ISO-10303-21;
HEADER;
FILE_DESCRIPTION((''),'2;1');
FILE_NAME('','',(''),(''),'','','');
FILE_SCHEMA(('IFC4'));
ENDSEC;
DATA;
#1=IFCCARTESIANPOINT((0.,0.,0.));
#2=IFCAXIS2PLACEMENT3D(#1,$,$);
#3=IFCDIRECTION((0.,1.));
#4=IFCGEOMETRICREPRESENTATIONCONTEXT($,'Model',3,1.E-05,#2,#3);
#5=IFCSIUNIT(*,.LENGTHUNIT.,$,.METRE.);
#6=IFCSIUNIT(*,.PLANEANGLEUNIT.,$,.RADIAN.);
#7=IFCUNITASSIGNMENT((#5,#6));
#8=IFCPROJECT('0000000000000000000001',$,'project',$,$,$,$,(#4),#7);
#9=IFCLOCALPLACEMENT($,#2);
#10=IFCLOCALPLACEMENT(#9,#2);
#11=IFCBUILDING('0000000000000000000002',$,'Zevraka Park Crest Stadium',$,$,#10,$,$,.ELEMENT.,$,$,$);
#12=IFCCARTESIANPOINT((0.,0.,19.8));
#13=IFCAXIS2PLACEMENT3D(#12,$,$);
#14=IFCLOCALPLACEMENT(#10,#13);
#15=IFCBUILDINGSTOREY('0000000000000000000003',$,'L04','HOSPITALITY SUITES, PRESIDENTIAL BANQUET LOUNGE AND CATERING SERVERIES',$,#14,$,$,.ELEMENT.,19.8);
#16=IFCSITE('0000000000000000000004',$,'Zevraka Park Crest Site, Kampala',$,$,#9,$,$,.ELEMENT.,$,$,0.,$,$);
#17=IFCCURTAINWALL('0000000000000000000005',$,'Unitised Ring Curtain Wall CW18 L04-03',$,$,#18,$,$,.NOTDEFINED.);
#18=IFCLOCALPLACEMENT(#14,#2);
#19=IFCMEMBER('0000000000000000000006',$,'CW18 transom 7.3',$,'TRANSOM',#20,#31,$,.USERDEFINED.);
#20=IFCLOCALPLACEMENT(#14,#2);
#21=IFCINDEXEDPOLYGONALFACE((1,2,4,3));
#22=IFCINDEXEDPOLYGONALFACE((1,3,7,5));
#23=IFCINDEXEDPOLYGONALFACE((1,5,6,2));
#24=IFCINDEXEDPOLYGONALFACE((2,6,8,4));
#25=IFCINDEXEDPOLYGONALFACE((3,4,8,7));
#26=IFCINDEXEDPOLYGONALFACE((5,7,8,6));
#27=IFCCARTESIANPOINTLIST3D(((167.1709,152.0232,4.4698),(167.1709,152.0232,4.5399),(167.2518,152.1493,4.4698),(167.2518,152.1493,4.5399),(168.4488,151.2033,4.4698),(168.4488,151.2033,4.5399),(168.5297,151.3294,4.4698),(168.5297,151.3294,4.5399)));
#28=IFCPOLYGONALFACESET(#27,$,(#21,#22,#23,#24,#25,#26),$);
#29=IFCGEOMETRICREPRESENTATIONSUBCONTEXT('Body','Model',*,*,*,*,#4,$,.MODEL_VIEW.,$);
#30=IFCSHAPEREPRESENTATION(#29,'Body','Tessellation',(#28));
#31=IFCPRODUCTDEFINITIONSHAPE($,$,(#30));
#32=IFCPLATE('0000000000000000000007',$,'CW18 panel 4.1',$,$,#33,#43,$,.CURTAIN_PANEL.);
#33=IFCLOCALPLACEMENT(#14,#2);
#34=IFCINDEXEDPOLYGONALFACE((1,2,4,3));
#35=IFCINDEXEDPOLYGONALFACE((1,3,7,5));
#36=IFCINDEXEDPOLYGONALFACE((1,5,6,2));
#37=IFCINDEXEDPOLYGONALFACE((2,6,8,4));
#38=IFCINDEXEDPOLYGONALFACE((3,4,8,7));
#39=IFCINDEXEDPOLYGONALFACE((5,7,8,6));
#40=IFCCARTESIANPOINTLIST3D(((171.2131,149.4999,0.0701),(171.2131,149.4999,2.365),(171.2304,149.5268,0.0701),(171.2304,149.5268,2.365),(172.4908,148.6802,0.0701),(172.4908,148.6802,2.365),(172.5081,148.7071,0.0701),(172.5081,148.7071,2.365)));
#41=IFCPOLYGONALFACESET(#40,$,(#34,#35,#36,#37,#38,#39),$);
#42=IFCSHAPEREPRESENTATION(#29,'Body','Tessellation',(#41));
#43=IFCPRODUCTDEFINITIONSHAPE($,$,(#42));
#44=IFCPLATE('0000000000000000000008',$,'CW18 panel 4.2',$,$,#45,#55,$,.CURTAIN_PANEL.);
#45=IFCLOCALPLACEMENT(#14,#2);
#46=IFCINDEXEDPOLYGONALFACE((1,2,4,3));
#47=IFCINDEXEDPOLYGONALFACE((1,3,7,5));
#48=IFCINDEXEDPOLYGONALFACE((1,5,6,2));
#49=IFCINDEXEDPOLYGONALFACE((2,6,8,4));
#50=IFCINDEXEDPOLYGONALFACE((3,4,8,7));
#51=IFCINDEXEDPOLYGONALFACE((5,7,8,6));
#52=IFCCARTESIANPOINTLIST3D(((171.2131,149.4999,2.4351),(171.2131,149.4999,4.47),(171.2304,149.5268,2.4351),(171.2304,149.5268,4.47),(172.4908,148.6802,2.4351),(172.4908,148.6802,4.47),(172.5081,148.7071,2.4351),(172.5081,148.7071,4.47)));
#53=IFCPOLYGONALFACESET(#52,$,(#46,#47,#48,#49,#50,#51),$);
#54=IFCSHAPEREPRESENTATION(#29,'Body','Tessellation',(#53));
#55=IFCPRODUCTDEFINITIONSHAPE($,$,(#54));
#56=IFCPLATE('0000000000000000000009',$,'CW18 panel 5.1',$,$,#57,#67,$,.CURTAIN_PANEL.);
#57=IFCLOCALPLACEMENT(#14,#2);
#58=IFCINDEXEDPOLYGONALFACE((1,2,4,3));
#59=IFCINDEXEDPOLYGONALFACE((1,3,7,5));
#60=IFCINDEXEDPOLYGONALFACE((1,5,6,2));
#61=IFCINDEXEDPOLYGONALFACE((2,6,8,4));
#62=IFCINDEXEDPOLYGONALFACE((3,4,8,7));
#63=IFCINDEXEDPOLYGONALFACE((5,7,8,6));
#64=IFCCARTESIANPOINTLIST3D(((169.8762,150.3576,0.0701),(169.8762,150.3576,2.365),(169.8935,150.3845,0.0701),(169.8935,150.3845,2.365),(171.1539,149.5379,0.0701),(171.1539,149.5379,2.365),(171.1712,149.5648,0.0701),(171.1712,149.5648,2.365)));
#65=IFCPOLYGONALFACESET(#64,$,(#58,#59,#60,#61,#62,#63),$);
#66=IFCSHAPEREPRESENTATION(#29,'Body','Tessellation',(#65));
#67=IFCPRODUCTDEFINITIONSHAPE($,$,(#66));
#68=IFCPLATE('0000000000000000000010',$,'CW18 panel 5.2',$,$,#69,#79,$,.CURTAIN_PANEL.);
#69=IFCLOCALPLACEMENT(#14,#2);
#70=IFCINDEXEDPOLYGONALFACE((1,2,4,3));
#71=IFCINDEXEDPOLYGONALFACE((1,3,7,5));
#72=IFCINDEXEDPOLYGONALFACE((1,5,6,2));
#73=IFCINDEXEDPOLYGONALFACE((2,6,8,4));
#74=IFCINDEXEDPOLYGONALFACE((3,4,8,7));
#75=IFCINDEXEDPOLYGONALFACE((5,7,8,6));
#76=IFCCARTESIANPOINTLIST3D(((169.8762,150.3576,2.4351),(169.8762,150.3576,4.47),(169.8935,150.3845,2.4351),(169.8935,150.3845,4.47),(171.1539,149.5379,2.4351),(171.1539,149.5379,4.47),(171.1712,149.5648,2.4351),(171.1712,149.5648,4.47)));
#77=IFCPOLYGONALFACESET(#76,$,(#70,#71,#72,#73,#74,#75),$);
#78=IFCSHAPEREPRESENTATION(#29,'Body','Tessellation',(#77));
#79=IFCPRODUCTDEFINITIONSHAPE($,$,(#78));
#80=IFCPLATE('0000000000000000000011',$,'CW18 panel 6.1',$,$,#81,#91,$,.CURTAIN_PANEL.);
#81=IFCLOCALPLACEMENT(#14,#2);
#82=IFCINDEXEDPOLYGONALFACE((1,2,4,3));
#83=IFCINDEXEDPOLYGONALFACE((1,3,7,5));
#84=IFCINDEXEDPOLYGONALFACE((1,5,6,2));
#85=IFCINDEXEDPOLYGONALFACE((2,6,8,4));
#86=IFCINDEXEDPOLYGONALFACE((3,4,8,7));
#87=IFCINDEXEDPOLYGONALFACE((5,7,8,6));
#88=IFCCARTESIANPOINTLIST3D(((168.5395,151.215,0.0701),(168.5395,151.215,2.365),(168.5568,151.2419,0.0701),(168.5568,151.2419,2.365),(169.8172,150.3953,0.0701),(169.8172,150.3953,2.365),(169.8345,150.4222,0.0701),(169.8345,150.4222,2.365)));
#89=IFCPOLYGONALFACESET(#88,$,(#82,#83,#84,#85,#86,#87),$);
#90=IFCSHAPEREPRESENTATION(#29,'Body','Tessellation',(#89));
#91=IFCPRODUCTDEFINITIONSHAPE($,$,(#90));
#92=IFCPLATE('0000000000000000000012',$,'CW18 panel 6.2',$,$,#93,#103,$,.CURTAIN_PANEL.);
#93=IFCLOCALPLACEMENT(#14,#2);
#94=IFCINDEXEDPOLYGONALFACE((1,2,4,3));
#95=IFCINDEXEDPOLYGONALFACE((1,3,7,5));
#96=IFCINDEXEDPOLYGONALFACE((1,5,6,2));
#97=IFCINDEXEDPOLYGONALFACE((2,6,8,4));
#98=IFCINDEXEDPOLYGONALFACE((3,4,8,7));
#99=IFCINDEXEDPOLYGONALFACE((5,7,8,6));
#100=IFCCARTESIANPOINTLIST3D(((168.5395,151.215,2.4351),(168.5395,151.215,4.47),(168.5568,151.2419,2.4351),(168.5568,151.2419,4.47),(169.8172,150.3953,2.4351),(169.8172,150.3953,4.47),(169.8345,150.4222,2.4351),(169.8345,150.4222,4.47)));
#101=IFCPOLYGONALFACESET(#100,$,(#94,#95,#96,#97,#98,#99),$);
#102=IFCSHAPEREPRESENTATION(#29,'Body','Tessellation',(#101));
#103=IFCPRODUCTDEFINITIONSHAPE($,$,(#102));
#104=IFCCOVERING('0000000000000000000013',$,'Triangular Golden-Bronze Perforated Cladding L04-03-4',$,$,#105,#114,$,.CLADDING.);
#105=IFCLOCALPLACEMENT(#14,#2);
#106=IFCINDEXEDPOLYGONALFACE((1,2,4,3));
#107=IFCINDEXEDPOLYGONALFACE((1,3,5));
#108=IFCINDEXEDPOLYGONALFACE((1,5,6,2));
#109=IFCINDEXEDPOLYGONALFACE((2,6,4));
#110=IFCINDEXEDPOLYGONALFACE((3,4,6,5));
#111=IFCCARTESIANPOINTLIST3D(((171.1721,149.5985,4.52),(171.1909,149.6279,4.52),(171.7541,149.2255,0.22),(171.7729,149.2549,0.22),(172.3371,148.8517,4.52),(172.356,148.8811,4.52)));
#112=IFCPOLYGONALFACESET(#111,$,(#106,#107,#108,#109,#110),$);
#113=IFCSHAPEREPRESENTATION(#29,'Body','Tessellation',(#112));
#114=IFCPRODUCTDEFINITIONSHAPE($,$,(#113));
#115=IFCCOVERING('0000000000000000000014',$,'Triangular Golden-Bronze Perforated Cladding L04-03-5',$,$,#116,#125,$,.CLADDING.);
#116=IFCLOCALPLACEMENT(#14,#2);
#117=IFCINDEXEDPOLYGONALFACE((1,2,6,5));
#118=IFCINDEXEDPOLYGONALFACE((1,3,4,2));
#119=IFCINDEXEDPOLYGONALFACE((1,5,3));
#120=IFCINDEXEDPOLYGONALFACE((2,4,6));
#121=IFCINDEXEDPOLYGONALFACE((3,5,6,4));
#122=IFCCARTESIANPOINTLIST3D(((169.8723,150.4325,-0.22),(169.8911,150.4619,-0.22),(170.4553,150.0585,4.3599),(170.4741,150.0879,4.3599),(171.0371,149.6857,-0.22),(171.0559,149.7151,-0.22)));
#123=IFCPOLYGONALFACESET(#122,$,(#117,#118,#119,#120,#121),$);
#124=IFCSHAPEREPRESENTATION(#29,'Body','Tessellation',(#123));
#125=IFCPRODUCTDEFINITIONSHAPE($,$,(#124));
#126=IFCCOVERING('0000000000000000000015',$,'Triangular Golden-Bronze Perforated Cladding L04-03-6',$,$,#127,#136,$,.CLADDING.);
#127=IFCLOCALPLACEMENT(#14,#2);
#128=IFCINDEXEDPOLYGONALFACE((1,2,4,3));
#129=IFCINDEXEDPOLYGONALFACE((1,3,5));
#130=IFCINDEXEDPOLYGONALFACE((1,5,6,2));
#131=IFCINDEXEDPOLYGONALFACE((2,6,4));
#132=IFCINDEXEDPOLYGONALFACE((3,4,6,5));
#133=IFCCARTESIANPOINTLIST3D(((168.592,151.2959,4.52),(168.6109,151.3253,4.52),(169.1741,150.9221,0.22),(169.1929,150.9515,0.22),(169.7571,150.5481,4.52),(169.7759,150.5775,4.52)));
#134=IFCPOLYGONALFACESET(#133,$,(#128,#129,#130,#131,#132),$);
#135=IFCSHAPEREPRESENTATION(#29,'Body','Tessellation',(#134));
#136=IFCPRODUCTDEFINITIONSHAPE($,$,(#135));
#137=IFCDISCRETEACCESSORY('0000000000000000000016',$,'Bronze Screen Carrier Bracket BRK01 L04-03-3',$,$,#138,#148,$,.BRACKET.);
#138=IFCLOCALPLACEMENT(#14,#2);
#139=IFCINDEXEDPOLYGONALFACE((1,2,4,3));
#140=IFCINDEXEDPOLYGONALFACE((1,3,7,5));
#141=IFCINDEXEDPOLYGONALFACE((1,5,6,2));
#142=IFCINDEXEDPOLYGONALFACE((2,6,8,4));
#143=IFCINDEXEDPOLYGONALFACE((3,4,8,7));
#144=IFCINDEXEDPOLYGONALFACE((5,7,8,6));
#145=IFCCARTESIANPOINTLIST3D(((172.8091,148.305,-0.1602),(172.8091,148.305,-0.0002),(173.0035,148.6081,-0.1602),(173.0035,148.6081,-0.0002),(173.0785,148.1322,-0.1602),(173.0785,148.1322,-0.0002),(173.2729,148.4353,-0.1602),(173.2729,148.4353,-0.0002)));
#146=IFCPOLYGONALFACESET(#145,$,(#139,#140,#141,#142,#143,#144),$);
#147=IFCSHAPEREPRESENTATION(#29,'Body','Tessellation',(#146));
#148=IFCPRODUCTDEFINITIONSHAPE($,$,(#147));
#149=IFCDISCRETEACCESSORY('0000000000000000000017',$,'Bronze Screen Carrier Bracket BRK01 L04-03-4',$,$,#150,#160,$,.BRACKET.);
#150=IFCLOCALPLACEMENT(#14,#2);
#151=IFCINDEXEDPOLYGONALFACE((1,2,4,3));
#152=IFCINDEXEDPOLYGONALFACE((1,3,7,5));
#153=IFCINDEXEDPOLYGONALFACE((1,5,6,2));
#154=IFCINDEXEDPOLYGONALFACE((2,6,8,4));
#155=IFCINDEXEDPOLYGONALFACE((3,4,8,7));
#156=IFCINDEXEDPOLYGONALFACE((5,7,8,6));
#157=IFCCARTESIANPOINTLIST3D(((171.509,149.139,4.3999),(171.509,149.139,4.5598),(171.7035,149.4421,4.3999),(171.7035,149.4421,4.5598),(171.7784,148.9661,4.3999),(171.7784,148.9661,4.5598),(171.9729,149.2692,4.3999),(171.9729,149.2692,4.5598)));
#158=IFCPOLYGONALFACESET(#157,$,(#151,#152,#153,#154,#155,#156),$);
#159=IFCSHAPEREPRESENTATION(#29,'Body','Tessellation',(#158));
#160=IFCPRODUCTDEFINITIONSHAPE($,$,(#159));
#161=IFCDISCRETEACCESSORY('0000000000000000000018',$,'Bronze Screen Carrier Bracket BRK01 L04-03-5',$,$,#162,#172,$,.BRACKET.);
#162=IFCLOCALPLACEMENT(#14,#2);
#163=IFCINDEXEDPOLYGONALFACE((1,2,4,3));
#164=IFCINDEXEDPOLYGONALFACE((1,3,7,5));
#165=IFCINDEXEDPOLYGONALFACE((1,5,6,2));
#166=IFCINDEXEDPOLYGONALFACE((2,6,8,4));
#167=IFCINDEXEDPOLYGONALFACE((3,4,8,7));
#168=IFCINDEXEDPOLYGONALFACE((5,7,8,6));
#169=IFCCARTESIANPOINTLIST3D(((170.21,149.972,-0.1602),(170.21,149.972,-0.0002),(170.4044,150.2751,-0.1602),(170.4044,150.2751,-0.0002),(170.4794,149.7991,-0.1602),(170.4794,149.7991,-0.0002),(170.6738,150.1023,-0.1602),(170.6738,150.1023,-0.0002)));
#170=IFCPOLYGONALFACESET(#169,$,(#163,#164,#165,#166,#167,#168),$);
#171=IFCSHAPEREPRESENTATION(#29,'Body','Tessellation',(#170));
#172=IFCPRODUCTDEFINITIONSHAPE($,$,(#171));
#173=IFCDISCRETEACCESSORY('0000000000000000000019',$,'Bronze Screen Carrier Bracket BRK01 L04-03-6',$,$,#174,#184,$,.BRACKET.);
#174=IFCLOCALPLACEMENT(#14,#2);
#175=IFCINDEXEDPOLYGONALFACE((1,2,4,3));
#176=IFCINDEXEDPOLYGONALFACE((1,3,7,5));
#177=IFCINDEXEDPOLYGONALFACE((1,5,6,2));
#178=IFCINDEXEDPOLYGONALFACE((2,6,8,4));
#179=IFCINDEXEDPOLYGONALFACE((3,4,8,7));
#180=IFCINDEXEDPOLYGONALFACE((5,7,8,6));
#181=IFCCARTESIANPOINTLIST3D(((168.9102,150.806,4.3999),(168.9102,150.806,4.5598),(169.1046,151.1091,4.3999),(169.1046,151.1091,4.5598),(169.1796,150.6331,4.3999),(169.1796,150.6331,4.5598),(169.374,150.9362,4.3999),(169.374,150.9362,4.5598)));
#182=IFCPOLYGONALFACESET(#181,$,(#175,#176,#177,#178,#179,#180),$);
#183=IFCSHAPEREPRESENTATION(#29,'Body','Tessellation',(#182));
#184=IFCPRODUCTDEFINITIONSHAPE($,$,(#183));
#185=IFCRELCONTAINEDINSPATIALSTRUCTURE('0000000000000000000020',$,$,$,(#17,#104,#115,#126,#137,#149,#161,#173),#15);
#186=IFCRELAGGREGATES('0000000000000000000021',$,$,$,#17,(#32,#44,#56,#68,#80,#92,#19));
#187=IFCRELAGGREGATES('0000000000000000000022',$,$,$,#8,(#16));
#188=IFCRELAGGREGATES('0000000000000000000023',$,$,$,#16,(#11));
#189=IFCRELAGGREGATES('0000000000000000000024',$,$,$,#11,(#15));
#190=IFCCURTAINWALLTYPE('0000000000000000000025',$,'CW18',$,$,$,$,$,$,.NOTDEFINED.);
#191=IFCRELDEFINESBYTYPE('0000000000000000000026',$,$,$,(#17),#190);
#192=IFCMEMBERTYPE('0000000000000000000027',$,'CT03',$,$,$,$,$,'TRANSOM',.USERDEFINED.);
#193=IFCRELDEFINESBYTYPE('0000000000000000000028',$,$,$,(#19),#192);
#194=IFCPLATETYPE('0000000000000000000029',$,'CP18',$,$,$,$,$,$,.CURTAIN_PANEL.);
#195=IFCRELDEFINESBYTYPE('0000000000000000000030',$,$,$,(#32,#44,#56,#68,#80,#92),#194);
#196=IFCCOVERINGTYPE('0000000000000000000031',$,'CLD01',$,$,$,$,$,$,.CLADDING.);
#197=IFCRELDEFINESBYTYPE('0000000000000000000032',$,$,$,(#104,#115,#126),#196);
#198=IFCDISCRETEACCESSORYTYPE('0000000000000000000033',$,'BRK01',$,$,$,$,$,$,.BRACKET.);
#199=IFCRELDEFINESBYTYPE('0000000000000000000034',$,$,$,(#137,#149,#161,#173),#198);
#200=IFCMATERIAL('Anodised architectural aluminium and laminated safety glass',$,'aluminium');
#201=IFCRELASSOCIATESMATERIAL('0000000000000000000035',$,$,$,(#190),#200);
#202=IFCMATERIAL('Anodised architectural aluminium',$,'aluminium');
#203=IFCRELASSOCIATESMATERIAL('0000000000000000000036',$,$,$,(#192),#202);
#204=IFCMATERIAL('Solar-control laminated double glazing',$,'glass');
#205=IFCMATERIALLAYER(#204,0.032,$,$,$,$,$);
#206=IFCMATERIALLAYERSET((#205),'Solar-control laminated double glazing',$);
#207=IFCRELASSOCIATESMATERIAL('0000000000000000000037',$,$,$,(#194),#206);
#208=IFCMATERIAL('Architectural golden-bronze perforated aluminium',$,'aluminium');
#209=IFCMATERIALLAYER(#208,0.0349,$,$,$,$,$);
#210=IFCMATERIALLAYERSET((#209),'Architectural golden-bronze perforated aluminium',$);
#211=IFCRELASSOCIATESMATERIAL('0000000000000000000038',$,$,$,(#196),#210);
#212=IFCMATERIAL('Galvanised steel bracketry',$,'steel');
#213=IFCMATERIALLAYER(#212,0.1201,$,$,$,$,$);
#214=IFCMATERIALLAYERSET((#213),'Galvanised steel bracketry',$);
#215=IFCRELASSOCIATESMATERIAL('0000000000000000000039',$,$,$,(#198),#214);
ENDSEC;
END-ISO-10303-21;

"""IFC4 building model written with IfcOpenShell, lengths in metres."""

from ifc_helpers import new_model, si_unit, direction, frame, origin, origin_2d, place, context, subcontext, project, spatial, polyline, rectangle, outline, extrude, material, layer, layer_set, material_profile, profile_set, type_object, element, aggregate, save


model = new_model("IFC4")

# Units and contexts
model_context = context("Model", 3, precision=1e-05, world=origin(), true_north=direction((0.0, 1.0)))
body_context = subcontext(model_context, "Body", "Model", "MODEL_VIEW")
ifc_project = project(units=[si_unit("LENGTHUNIT", "METRE"), si_unit("PLANEANGLEUNIT", "RADIAN")], contexts=[model_context])

# Site, building, storey
site_placement = place(None, origin())
site = spatial("IfcSite", under=ifc_project, at=site_placement, Name="Zevraka Park Crest Site, Kampala", CompositionType="ELEMENT", RefElevation=0.0)
building_placement = place(site_placement, origin())
building = spatial("IfcBuilding", under=site, at=building_placement, Name="Zevraka Park Crest Stadium", CompositionType="ELEMENT")
storey_placement = place(building_placement, frame((0.0, 0.0, 19.8)))
storey = spatial("IfcBuildingStorey", under=building, at=storey_placement, Name="L04", Description="HOSPITALITY SUITES, PRESIDENTIAL BANQUET LOUNGE AND CATERING SERVERIES", CompositionType="ELEMENT", Elevation=19.8)

# Curtain wall, member, plates
ifc_material_1 = material(Name="Anodised architectural aluminium and laminated safety glass", Category="aluminium")
curtain_wall_type = type_object("IfcCurtainWallType", Name="CW18", PredefinedType="NOTDEFINED", material=ifc_material_1)
curtain_wall_placement = place(storey_placement, origin())
curtain_wall = element("IfcCurtainWall", 1, at=curtain_wall_placement, inside=storey, type_object=curtain_wall_type, Name="Unitised Ring Curtain Wall CW18 L04-03", PredefinedType="NOTDEFINED")
ifc_material_2 = material(Name="Anodised architectural aluminium", Category="aluminium")
ifc_material_profile_1 = material_profile(ifc_material_2, rectangle(XDim=0.1499, YDim=0.0701, at=origin_2d()), Name="ALU TRANSOM 150x70")
ifc_profile_set_1 = profile_set([ifc_material_profile_1], Name="Anodised architectural aluminium")
member_type_1 = type_object("IfcMemberType", Name="CT03", ElementType="TRANSOM", PredefinedType="USERDEFINED", material=ifc_profile_set_1)
member_1_placement = place(storey_placement, frame((168.4893, 151.2664, 4.5049), z_axis=(-0.841669, 0.539993, 0.0), x_axis=(-0.539993, -0.841669, 0.0)))
member_1 = element("IfcMember", 2, at=member_1_placement, type_object=member_type_1, Name="CW18 transom 7.3", ObjectType="TRANSOM", PredefinedType="USERDEFINED", context=body_context, shape_type="SweptSolid", body=[
    extrude(rectangle(XDim=0.1499, YDim=0.0701, at=origin_2d()), origin(), (0.0, 0.0, 1.0), 1.5183),
])
ifc_material_3 = material(Name="Solar-control laminated double glazing", Category="glass")
ifc_layer_1 = layer(ifc_material_3, 0.032)
ifc_layer_set_1 = layer_set([ifc_layer_1], Name="Solar-control laminated double glazing")
plate_type = type_object("IfcPlateType", Name="CP18", PredefinedType="CURTAIN_PANEL", material=ifc_layer_set_1)
plate_1_placement = place(storey_placement, frame((171.8606, 149.1035, 0.0701), z_axis=(0.0, 0.0, 1.0), x_axis=(-0.841678, 0.53998, 0.0)))
plate_1 = element("IfcPlate", 3, at=plate_1_placement, type_object=plate_type, Name="CW18 panel 4.1", PredefinedType="CURTAIN_PANEL", context=body_context, shape_type="SweptSolid", body=[
    extrude(rectangle(XDim=1.5181, YDim=0.032, at=origin_2d()), origin(), (0.0, 0.0, 1.0), 2.2949),
])
plate_2_placement = place(storey_placement, frame((171.8606, 149.1035, 2.4351), z_axis=(0.0, 0.0, 1.0), x_axis=(-0.841678, 0.53998, 0.0)))
plate_2 = element("IfcPlate", 4, at=plate_2_placement, type_object=plate_type, Name="CW18 panel 4.2", PredefinedType="CURTAIN_PANEL", context=body_context, shape_type="SweptSolid", body=[
    extrude(rectangle(XDim=1.5181, YDim=0.032, at=origin_2d()), origin(), (0.0, 0.0, 1.0), 2.0349),
])
plate_3_placement = place(storey_placement, frame((170.5237, 149.9612, 0.0701), z_axis=(0.0, 0.0, 1.0), x_axis=(-0.841678, 0.53998, 0.0)))
plate_3 = element("IfcPlate", 5, at=plate_3_placement, type_object=plate_type, Name="CW18 panel 5.1", PredefinedType="CURTAIN_PANEL", context=body_context, shape_type="SweptSolid", body=[
    extrude(rectangle(XDim=1.5181, YDim=0.032, at=origin_2d()), origin(), (0.0, 0.0, 1.0), 2.2949),
])
plate_4_placement = place(storey_placement, frame((170.5237, 149.9612, 2.4351), z_axis=(0.0, 0.0, 1.0), x_axis=(-0.841678, 0.53998, 0.0)))
plate_4 = element("IfcPlate", 6, at=plate_4_placement, type_object=plate_type, Name="CW18 panel 5.2", PredefinedType="CURTAIN_PANEL", context=body_context, shape_type="SweptSolid", body=[
    extrude(rectangle(XDim=1.5181, YDim=0.032, at=origin_2d()), origin(), (0.0, 0.0, 1.0), 2.0349),
])
plate_5_placement = place(storey_placement, frame((169.187, 150.8186, 0.0701), z_axis=(0.0, 0.0, 1.0), x_axis=(-0.841678, 0.53998, 0.0)))
plate_5 = element("IfcPlate", 7, at=plate_5_placement, type_object=plate_type, Name="CW18 panel 6.1", PredefinedType="CURTAIN_PANEL", context=body_context, shape_type="SweptSolid", body=[
    extrude(rectangle(XDim=1.5181, YDim=0.032, at=origin_2d()), origin(), (0.0, 0.0, 1.0), 2.2949),
])
plate_6_placement = place(storey_placement, frame((169.187, 150.8186, 2.4351), z_axis=(0.0, 0.0, 1.0), x_axis=(-0.841678, 0.53998, 0.0)))
plate_6 = element("IfcPlate", 8, at=plate_6_placement, type_object=plate_type, Name="CW18 panel 6.2", PredefinedType="CURTAIN_PANEL", context=body_context, shape_type="SweptSolid", body=[
    extrude(rectangle(XDim=1.5181, YDim=0.032, at=origin_2d()), origin(), (0.0, 0.0, 1.0), 2.0349),
])
aggregate(curtain_wall, [plate_1, plate_2, plate_3, plate_4, plate_5, plate_6, member_1])

# Coverings
ifc_material_4 = material(Name="Architectural golden-bronze perforated aluminium", Category="aluminium")
ifc_layer_2 = layer(ifc_material_4, 0.0349)
ifc_layer_set_2 = layer_set([ifc_layer_2], Name="Architectural golden-bronze perforated aluminium")
covering_type = type_object("IfcCoveringType", Name="CLD01", PredefinedType="CLADDING", material=ifc_layer_set_2)
covering_1_placement = place(storey_placement, frame((171.1909, 149.6279, 4.52), z_axis=(0.539669, 0.841877, 0.00001), x_axis=(0.841877, -0.539669, 0.0)))
element("IfcCovering", 9, at=covering_1_placement, inside=storey, type_object=covering_type, Name="Triangular Golden-Bronze Perforated Cladding L04-03-4", PredefinedType="CLADDING", context=body_context, shape_type="SweptSolid", body=[
    extrude(outline(polyline([(0.0, 0.0), (1.3839, 0.0), (0.6913, 4.3), (0.0, 0.0)])), origin(), (0.0, 0.0, -1.0), 0.0349),
])
covering_2_placement = place(storey_placement, frame((171.0559, 149.7151, -0.22), z_axis=(0.539749, 0.841826, 0.00004), x_axis=(-0.841826, 0.539749, 0.0)))
element("IfcCovering", 10, at=covering_2_placement, inside=storey, type_object=covering_type, Name="Triangular Golden-Bronze Perforated Cladding L04-03-5", PredefinedType="CLADDING", context=body_context, shape_type="SweptSolid", body=[
    extrude(outline(polyline([(0.0, 0.0), (1.3837, 0.0), (0.691, 4.5798), (0.0, 0.0)])), origin(), (0.0, 0.0, -1.0), 0.0349),
])
covering_3_placement = place(storey_placement, frame((168.592, 151.2959, 4.52), z_axis=(-0.540169, -0.841556, 0.000037), x_axis=(0.841556, -0.540169, 0.0)))
element("IfcCovering", 11, at=covering_3_placement, inside=storey, type_object=covering_type, Name="Triangular Golden-Bronze Perforated Cladding L04-03-6", PredefinedType="CLADDING", context=body_context, shape_type="SweptSolid", body=[
    extrude(outline(polyline([(0.0, 0.0), (1.3844, 0.0), (0.6917, -4.3), (0.0, 0.0)])), origin(), (0.0, 0.0, -1.0), 0.0349),
])

# Discrete accessories
ifc_material_5 = material(Name="Galvanised steel bracketry", Category="steel")
ifc_layer_3 = layer(ifc_material_5, 0.1201)
ifc_layer_set_3 = layer_set([ifc_layer_3], Name="Galvanised steel bracketry")
discrete_accessory_type = type_object("IfcDiscreteAccessoryType", Name="BRK01", PredefinedType="BRACKET", material=ifc_layer_set_3)
for number, where, z_axis, x_axis, name in (
    (12, (173.041, 148.3701, -0.1602), (0.0, 0.0, 1.0), (-0.841699, 0.539947, 0.0), "Bronze Screen Carrier Bracket BRK01 L04-03-3"),
    (13, (171.741, 149.2041, 4.3999), (0.0, 0.0, 1.0), (-0.841699, 0.539947, 0.0), "Bronze Screen Carrier Bracket BRK01 L04-03-4"),
    (14, (170.4419, 150.0371, -0.1602), (0.0, 0.0, 1.0), (-0.841699, 0.539947, 0.0), "Bronze Screen Carrier Bracket BRK01 L04-03-5"),
    (15, (169.1421, 150.8711, 4.3999), (0.0, 0.0, 1.0), (-0.841699, 0.539947, 0.0), "Bronze Screen Carrier Bracket BRK01 L04-03-6"),
):
    element("IfcDiscreteAccessory", number, at=place(storey_placement, frame(where, z_axis=z_axis, x_axis=x_axis)), inside=storey, type_object=discrete_accessory_type, Name=name, PredefinedType="BRACKET", context=body_context, shape_type="SweptSolid", body=[
        extrude(rectangle(XDim=0.3201, YDim=0.3601, at=origin_2d()), origin(), (0.0, 0.0, 1.0), 0.1599),
    ])

save(model, "model.ifc")
